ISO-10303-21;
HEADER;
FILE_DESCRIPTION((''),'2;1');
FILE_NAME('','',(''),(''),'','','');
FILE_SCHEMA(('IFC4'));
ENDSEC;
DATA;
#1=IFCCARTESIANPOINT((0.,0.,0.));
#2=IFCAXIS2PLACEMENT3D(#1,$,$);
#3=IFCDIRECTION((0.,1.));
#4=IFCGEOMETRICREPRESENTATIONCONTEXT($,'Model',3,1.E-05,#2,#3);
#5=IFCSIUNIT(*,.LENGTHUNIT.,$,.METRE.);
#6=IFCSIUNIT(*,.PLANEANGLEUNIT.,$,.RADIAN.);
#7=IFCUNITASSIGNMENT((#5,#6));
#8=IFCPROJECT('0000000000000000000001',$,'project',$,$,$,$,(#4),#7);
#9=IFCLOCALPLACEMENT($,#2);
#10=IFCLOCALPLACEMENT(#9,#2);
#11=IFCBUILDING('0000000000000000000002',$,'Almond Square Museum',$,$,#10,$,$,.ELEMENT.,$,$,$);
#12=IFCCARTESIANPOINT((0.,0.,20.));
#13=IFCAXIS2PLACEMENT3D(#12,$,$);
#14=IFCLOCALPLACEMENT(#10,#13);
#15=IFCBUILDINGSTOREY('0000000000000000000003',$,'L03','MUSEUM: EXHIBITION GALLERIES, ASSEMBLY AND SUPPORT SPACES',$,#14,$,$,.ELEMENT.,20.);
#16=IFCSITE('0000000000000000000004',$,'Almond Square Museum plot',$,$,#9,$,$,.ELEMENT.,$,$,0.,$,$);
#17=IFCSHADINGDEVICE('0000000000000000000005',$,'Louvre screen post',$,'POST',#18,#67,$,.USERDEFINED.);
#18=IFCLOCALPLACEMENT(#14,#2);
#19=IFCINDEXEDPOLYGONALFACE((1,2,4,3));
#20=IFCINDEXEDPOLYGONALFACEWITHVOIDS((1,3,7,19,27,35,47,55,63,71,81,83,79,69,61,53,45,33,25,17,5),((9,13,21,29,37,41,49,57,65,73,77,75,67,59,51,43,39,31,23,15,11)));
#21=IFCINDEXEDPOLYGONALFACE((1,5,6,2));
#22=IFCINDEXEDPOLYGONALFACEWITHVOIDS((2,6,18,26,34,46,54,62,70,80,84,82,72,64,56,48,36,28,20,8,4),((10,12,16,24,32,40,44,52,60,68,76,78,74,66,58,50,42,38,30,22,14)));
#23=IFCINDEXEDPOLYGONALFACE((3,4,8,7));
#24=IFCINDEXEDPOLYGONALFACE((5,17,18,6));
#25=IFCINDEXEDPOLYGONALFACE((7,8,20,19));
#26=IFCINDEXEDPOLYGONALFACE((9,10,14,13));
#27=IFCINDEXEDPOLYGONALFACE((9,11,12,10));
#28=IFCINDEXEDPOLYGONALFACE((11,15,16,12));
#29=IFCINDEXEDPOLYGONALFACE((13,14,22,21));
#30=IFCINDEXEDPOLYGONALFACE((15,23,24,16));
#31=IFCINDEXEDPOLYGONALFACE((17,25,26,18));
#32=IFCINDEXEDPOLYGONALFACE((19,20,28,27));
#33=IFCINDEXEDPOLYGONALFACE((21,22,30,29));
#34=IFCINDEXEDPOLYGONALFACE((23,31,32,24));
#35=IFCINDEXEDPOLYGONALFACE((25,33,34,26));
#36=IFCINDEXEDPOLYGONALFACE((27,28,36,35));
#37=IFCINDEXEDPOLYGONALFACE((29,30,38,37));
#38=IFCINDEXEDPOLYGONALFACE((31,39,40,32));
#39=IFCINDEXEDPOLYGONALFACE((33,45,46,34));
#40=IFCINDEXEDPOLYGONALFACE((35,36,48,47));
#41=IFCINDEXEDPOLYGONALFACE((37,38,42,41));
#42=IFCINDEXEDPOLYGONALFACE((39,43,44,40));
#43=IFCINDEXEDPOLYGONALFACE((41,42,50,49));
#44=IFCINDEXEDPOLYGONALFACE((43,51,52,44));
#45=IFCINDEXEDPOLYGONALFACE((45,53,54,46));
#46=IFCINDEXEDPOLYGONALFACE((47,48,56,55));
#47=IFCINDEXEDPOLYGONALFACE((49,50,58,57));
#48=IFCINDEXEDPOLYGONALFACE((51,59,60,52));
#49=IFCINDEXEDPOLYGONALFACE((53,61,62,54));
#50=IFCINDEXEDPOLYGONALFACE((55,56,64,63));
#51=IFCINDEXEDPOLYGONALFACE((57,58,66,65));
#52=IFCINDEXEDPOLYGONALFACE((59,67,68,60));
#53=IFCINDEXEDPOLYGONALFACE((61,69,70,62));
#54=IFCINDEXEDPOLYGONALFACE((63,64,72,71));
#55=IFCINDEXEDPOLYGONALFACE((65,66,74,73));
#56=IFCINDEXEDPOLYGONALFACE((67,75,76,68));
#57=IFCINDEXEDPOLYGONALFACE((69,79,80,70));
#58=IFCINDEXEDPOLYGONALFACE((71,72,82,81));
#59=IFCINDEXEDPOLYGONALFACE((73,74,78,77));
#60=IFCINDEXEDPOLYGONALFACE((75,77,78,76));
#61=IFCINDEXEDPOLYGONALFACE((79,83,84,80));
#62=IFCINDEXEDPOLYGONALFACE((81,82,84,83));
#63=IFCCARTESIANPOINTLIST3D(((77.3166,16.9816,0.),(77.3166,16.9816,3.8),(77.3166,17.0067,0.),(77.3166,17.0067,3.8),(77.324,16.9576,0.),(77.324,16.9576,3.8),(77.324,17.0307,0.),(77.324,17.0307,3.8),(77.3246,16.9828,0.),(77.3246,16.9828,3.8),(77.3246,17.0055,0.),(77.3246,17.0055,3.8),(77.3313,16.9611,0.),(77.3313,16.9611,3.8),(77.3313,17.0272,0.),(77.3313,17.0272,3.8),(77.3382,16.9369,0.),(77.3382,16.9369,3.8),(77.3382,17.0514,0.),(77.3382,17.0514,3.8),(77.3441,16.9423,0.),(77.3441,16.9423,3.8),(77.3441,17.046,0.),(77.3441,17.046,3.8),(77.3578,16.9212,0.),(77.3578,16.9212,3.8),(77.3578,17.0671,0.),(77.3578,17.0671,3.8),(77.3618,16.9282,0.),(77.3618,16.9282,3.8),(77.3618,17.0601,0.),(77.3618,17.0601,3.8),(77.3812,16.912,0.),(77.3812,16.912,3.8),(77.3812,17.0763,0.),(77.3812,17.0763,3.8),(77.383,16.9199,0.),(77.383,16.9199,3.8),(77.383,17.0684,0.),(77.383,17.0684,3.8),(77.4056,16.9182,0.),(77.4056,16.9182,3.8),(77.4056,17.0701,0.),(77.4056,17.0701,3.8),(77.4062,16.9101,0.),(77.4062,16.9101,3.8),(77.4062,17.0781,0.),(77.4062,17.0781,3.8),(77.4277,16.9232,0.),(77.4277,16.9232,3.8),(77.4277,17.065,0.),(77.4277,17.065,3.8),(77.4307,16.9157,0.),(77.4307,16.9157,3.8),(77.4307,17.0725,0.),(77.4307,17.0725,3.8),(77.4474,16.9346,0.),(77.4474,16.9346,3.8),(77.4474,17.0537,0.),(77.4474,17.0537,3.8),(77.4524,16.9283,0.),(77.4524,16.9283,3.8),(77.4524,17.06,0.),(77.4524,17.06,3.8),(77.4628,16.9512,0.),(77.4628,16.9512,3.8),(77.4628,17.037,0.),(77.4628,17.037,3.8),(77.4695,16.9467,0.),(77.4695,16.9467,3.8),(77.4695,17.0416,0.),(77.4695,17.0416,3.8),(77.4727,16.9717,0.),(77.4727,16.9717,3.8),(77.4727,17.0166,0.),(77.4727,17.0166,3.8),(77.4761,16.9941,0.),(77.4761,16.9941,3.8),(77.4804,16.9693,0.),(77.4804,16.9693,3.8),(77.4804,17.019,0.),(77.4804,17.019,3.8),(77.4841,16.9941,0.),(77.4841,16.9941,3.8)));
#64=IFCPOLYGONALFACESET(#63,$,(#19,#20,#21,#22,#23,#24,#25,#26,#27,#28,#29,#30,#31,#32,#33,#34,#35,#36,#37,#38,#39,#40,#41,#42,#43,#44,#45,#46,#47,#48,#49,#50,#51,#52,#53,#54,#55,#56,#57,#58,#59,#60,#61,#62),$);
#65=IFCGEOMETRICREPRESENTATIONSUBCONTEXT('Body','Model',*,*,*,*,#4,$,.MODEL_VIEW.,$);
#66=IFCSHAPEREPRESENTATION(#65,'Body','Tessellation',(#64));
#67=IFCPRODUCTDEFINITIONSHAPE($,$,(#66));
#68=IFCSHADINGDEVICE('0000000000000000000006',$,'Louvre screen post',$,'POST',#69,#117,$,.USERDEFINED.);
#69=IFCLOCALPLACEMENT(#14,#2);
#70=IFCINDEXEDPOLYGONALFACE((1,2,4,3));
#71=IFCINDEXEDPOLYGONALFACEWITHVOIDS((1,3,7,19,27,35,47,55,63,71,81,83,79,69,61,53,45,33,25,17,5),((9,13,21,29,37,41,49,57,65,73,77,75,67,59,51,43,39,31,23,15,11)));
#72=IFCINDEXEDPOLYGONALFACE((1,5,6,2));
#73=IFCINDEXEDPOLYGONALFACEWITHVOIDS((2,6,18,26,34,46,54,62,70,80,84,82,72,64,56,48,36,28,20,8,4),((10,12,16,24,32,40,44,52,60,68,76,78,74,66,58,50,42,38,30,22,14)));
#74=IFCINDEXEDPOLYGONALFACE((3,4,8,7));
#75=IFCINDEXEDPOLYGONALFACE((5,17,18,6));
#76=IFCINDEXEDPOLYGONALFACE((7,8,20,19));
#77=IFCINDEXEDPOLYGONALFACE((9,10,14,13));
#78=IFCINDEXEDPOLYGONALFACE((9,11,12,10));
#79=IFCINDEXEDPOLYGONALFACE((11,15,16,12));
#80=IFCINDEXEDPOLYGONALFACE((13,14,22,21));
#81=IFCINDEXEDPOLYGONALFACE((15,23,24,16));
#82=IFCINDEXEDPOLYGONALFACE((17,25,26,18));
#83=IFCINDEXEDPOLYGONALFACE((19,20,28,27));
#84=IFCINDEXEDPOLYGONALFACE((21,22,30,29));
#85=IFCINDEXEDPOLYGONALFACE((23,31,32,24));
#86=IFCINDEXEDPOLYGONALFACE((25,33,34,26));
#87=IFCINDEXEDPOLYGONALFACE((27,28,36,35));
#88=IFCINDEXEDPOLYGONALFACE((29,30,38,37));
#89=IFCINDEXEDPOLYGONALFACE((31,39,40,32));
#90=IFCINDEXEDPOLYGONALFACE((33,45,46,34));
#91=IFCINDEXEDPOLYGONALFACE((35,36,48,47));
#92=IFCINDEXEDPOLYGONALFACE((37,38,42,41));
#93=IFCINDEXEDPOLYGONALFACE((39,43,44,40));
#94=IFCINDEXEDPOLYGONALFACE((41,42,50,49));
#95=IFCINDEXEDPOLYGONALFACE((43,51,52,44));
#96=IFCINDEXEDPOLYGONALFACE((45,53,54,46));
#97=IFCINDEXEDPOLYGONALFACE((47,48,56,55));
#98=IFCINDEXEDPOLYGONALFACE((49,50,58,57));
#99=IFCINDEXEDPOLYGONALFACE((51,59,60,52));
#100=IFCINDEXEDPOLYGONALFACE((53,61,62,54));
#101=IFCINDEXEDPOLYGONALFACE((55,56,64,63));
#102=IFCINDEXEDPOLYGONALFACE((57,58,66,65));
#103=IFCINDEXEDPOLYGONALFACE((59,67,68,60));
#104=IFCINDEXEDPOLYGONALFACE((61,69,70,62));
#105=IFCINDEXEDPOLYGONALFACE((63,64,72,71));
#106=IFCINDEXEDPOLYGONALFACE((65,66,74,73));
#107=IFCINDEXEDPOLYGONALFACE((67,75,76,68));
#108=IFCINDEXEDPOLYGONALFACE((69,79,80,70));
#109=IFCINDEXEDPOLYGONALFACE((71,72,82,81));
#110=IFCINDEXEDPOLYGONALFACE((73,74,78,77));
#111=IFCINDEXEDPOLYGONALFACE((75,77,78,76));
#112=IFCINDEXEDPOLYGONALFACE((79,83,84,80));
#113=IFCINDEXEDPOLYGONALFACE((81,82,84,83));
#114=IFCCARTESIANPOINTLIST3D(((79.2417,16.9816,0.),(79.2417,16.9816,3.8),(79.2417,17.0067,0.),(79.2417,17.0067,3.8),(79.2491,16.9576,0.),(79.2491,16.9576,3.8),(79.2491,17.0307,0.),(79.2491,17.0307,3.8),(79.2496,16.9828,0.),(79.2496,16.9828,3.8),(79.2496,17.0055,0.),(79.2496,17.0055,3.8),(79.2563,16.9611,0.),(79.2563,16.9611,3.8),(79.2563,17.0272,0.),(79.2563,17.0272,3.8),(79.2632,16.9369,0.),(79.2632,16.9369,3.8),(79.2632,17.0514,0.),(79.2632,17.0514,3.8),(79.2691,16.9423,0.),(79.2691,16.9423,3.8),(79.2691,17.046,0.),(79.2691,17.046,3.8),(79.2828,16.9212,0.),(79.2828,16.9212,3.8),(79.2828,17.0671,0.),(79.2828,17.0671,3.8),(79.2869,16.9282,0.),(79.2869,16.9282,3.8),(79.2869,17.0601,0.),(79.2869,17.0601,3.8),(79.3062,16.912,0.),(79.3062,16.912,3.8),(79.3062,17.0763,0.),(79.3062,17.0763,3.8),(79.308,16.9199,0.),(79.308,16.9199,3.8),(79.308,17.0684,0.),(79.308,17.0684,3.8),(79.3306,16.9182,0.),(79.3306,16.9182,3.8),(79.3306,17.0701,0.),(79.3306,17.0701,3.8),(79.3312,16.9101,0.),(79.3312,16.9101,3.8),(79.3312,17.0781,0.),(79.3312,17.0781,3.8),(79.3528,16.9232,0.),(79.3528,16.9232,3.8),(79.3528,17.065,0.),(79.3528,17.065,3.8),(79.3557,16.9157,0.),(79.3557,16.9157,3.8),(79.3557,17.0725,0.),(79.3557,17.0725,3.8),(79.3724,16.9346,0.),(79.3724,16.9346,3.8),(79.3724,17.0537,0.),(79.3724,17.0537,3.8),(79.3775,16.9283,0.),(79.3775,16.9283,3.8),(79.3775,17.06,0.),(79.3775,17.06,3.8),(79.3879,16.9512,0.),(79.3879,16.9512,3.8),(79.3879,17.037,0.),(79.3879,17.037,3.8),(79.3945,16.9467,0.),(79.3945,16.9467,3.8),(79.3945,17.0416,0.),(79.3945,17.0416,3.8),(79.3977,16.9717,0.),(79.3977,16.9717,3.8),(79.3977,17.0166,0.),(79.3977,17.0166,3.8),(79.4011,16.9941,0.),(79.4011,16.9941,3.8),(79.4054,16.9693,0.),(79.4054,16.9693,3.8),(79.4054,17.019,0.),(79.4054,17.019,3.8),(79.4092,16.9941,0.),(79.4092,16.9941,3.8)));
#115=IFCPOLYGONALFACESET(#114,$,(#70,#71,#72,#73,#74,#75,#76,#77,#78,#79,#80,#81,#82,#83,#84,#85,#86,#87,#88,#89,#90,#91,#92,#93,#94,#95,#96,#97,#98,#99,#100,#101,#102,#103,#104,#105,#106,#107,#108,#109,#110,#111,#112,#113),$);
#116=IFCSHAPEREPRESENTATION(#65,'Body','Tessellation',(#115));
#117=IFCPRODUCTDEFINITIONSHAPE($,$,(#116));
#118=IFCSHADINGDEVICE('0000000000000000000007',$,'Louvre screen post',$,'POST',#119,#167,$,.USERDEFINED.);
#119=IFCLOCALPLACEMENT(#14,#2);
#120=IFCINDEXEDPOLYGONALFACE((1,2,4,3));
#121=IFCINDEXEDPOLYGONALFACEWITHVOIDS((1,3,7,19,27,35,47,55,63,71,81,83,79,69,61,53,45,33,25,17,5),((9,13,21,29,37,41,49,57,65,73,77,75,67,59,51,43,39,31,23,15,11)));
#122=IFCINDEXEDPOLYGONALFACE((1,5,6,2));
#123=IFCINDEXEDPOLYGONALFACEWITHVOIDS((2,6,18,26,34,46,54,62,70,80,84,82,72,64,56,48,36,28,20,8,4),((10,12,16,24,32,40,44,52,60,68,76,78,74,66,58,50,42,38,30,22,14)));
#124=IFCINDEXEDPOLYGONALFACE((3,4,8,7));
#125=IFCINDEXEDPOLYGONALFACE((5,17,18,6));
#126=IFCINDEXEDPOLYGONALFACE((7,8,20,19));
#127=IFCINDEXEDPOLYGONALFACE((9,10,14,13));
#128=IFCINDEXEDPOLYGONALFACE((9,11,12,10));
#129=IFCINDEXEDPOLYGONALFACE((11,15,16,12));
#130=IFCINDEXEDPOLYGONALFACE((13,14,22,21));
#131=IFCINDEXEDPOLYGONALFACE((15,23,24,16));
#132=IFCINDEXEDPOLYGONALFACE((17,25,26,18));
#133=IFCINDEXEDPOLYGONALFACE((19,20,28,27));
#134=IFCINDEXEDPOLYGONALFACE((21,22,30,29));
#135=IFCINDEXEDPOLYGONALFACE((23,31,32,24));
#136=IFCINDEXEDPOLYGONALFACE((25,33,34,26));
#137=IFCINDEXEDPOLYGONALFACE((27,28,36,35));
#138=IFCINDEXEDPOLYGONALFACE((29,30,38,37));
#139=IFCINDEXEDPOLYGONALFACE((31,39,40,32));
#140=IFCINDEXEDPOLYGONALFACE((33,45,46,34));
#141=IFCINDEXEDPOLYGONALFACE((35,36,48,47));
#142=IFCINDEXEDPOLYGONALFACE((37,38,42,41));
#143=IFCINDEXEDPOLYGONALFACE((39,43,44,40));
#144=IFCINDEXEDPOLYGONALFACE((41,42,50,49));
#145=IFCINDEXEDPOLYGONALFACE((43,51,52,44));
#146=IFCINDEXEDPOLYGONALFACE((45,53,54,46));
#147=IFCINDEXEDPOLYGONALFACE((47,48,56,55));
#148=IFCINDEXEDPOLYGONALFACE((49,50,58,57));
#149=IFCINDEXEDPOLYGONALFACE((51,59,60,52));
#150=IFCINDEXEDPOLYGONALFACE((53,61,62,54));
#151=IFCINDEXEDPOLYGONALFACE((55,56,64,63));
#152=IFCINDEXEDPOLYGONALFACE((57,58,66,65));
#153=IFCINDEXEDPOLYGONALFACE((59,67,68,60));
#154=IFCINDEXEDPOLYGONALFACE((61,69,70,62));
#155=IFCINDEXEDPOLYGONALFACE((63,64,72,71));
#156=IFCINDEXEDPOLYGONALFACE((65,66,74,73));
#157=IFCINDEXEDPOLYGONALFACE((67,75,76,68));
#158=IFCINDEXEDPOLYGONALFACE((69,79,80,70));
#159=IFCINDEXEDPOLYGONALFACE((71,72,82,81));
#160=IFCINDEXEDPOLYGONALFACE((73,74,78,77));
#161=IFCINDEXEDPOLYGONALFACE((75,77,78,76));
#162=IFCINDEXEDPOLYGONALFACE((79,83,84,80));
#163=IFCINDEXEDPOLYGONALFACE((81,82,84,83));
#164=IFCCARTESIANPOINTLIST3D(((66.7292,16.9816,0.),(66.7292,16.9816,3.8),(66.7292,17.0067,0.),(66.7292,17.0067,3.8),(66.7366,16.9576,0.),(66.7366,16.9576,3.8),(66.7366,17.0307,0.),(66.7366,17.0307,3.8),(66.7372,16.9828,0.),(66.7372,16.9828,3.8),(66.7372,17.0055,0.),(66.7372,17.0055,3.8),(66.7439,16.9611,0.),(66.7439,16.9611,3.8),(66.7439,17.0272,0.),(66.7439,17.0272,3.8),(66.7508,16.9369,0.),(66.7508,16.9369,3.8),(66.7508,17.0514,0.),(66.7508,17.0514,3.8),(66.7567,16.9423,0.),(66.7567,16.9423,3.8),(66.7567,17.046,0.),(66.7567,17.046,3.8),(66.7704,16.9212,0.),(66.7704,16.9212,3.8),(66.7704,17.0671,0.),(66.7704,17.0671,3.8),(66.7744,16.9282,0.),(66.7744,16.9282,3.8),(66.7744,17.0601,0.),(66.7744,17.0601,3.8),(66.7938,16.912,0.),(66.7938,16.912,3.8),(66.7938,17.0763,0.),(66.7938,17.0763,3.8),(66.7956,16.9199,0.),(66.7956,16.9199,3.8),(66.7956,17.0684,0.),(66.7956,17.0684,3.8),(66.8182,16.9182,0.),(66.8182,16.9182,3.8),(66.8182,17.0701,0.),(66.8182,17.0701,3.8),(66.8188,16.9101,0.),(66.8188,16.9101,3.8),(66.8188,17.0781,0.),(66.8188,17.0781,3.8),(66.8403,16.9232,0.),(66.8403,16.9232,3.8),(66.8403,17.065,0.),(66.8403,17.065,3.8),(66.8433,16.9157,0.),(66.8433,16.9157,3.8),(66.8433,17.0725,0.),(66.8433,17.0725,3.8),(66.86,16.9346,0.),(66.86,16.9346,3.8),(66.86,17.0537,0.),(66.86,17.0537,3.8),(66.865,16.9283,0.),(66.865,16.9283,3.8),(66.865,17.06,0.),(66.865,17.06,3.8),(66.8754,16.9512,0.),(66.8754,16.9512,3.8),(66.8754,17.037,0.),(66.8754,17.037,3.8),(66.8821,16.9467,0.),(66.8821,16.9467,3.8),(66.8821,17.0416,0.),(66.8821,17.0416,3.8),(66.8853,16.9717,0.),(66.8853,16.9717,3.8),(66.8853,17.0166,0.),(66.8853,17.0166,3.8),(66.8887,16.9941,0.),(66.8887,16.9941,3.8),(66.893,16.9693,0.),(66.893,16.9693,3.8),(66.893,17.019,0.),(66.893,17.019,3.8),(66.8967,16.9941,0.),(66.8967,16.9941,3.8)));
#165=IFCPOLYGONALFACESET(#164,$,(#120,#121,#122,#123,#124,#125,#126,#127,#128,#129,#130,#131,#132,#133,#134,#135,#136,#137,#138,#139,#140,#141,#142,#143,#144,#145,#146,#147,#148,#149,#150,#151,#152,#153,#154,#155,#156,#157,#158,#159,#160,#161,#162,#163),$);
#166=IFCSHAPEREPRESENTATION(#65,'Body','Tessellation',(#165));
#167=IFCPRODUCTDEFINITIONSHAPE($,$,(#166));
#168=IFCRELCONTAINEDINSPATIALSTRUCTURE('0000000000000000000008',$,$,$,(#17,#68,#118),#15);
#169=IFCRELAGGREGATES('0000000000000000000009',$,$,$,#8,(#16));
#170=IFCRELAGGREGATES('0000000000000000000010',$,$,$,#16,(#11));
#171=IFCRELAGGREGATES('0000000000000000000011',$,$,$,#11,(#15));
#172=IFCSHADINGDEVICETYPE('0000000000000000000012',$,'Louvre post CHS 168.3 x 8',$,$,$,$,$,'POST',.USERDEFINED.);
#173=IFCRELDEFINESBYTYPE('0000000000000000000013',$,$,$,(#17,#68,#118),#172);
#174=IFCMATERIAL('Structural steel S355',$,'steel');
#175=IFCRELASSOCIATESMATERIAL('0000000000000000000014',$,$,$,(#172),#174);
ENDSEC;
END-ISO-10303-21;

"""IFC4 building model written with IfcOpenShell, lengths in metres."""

from ifc_helpers import new_model, si_unit, direction, frame, origin, origin_2d, place, context, subcontext, project, spatial, hollow_circle, extrude, material, material_profile, profile_set, type_object, element, save


model = new_model("IFC4")

# Units and contexts
model_context = context("Model", 3, precision=1e-05, world=origin(), true_north=direction((0.0, 1.0)))
body_context = subcontext(model_context, "Body", "Model", "MODEL_VIEW")
ifc_project = project(units=[si_unit("LENGTHUNIT", "METRE"), si_unit("PLANEANGLEUNIT", "RADIAN")], contexts=[model_context])

# Site, building, storey
site_placement = place(None, origin())
site = spatial("IfcSite", under=ifc_project, at=site_placement, Name="Almond Square Museum plot", CompositionType="ELEMENT", RefElevation=0.0)
building_placement = place(site_placement, origin())
building = spatial("IfcBuilding", under=site, at=building_placement, Name="Almond Square Museum", CompositionType="ELEMENT")
storey_placement = place(building_placement, frame((0.0, 0.0, 20.0)))
storey = spatial("IfcBuildingStorey", under=building, at=storey_placement, Name="L03", Description="MUSEUM: EXHIBITION GALLERIES, ASSEMBLY AND SUPPORT SPACES", CompositionType="ELEMENT", Elevation=20.0)

# Shading devices
ifc_material_1 = material(Name="Structural steel S355", Category="steel")
ifc_material_profile_1 = material_profile(ifc_material_1, hollow_circle(Radius=0.0842, WallThickness=0.0081, at=origin_2d()))
ifc_profile_set_1 = profile_set([ifc_material_profile_1], Name="Structural steel S355")
shading_device_type_1 = type_object("IfcShadingDeviceType", Name="Louvre post CHS 168.3 x 8", ElementType="POST", PredefinedType="USERDEFINED", material=ifc_profile_set_1)
for number, where, z_axis, x_axis, name in (
    (1, (77.3999, 16.9941, 0.0), (0.0, 0.0, 1.0), (1.0, 0.0, 0.0), "Louvre screen post"),
    (2, (79.325, 16.9941, 0.0), (0.0, 0.0, 1.0), (1.0, 0.0, 0.0), "Louvre screen post"),
    (3, (66.8125, 16.9941, 0.0), (0.0, 0.0, 1.0), (1.0, 0.0, 0.0), "Louvre screen post"),
):
    element("IfcShadingDevice", number, at=place(storey_placement, frame(where, z_axis=z_axis, x_axis=x_axis)), inside=storey, type_object=shading_device_type_1, Name=name, ObjectType="POST", PredefinedType="USERDEFINED", context=body_context, shape_type="SweptSolid", body=[
        extrude(hollow_circle(Radius=0.0842, WallThickness=0.0081, at=origin_2d()), origin(), (0.0, 0.0, 1.0), 3.8),
    ])

save(model, "model.ifc")
